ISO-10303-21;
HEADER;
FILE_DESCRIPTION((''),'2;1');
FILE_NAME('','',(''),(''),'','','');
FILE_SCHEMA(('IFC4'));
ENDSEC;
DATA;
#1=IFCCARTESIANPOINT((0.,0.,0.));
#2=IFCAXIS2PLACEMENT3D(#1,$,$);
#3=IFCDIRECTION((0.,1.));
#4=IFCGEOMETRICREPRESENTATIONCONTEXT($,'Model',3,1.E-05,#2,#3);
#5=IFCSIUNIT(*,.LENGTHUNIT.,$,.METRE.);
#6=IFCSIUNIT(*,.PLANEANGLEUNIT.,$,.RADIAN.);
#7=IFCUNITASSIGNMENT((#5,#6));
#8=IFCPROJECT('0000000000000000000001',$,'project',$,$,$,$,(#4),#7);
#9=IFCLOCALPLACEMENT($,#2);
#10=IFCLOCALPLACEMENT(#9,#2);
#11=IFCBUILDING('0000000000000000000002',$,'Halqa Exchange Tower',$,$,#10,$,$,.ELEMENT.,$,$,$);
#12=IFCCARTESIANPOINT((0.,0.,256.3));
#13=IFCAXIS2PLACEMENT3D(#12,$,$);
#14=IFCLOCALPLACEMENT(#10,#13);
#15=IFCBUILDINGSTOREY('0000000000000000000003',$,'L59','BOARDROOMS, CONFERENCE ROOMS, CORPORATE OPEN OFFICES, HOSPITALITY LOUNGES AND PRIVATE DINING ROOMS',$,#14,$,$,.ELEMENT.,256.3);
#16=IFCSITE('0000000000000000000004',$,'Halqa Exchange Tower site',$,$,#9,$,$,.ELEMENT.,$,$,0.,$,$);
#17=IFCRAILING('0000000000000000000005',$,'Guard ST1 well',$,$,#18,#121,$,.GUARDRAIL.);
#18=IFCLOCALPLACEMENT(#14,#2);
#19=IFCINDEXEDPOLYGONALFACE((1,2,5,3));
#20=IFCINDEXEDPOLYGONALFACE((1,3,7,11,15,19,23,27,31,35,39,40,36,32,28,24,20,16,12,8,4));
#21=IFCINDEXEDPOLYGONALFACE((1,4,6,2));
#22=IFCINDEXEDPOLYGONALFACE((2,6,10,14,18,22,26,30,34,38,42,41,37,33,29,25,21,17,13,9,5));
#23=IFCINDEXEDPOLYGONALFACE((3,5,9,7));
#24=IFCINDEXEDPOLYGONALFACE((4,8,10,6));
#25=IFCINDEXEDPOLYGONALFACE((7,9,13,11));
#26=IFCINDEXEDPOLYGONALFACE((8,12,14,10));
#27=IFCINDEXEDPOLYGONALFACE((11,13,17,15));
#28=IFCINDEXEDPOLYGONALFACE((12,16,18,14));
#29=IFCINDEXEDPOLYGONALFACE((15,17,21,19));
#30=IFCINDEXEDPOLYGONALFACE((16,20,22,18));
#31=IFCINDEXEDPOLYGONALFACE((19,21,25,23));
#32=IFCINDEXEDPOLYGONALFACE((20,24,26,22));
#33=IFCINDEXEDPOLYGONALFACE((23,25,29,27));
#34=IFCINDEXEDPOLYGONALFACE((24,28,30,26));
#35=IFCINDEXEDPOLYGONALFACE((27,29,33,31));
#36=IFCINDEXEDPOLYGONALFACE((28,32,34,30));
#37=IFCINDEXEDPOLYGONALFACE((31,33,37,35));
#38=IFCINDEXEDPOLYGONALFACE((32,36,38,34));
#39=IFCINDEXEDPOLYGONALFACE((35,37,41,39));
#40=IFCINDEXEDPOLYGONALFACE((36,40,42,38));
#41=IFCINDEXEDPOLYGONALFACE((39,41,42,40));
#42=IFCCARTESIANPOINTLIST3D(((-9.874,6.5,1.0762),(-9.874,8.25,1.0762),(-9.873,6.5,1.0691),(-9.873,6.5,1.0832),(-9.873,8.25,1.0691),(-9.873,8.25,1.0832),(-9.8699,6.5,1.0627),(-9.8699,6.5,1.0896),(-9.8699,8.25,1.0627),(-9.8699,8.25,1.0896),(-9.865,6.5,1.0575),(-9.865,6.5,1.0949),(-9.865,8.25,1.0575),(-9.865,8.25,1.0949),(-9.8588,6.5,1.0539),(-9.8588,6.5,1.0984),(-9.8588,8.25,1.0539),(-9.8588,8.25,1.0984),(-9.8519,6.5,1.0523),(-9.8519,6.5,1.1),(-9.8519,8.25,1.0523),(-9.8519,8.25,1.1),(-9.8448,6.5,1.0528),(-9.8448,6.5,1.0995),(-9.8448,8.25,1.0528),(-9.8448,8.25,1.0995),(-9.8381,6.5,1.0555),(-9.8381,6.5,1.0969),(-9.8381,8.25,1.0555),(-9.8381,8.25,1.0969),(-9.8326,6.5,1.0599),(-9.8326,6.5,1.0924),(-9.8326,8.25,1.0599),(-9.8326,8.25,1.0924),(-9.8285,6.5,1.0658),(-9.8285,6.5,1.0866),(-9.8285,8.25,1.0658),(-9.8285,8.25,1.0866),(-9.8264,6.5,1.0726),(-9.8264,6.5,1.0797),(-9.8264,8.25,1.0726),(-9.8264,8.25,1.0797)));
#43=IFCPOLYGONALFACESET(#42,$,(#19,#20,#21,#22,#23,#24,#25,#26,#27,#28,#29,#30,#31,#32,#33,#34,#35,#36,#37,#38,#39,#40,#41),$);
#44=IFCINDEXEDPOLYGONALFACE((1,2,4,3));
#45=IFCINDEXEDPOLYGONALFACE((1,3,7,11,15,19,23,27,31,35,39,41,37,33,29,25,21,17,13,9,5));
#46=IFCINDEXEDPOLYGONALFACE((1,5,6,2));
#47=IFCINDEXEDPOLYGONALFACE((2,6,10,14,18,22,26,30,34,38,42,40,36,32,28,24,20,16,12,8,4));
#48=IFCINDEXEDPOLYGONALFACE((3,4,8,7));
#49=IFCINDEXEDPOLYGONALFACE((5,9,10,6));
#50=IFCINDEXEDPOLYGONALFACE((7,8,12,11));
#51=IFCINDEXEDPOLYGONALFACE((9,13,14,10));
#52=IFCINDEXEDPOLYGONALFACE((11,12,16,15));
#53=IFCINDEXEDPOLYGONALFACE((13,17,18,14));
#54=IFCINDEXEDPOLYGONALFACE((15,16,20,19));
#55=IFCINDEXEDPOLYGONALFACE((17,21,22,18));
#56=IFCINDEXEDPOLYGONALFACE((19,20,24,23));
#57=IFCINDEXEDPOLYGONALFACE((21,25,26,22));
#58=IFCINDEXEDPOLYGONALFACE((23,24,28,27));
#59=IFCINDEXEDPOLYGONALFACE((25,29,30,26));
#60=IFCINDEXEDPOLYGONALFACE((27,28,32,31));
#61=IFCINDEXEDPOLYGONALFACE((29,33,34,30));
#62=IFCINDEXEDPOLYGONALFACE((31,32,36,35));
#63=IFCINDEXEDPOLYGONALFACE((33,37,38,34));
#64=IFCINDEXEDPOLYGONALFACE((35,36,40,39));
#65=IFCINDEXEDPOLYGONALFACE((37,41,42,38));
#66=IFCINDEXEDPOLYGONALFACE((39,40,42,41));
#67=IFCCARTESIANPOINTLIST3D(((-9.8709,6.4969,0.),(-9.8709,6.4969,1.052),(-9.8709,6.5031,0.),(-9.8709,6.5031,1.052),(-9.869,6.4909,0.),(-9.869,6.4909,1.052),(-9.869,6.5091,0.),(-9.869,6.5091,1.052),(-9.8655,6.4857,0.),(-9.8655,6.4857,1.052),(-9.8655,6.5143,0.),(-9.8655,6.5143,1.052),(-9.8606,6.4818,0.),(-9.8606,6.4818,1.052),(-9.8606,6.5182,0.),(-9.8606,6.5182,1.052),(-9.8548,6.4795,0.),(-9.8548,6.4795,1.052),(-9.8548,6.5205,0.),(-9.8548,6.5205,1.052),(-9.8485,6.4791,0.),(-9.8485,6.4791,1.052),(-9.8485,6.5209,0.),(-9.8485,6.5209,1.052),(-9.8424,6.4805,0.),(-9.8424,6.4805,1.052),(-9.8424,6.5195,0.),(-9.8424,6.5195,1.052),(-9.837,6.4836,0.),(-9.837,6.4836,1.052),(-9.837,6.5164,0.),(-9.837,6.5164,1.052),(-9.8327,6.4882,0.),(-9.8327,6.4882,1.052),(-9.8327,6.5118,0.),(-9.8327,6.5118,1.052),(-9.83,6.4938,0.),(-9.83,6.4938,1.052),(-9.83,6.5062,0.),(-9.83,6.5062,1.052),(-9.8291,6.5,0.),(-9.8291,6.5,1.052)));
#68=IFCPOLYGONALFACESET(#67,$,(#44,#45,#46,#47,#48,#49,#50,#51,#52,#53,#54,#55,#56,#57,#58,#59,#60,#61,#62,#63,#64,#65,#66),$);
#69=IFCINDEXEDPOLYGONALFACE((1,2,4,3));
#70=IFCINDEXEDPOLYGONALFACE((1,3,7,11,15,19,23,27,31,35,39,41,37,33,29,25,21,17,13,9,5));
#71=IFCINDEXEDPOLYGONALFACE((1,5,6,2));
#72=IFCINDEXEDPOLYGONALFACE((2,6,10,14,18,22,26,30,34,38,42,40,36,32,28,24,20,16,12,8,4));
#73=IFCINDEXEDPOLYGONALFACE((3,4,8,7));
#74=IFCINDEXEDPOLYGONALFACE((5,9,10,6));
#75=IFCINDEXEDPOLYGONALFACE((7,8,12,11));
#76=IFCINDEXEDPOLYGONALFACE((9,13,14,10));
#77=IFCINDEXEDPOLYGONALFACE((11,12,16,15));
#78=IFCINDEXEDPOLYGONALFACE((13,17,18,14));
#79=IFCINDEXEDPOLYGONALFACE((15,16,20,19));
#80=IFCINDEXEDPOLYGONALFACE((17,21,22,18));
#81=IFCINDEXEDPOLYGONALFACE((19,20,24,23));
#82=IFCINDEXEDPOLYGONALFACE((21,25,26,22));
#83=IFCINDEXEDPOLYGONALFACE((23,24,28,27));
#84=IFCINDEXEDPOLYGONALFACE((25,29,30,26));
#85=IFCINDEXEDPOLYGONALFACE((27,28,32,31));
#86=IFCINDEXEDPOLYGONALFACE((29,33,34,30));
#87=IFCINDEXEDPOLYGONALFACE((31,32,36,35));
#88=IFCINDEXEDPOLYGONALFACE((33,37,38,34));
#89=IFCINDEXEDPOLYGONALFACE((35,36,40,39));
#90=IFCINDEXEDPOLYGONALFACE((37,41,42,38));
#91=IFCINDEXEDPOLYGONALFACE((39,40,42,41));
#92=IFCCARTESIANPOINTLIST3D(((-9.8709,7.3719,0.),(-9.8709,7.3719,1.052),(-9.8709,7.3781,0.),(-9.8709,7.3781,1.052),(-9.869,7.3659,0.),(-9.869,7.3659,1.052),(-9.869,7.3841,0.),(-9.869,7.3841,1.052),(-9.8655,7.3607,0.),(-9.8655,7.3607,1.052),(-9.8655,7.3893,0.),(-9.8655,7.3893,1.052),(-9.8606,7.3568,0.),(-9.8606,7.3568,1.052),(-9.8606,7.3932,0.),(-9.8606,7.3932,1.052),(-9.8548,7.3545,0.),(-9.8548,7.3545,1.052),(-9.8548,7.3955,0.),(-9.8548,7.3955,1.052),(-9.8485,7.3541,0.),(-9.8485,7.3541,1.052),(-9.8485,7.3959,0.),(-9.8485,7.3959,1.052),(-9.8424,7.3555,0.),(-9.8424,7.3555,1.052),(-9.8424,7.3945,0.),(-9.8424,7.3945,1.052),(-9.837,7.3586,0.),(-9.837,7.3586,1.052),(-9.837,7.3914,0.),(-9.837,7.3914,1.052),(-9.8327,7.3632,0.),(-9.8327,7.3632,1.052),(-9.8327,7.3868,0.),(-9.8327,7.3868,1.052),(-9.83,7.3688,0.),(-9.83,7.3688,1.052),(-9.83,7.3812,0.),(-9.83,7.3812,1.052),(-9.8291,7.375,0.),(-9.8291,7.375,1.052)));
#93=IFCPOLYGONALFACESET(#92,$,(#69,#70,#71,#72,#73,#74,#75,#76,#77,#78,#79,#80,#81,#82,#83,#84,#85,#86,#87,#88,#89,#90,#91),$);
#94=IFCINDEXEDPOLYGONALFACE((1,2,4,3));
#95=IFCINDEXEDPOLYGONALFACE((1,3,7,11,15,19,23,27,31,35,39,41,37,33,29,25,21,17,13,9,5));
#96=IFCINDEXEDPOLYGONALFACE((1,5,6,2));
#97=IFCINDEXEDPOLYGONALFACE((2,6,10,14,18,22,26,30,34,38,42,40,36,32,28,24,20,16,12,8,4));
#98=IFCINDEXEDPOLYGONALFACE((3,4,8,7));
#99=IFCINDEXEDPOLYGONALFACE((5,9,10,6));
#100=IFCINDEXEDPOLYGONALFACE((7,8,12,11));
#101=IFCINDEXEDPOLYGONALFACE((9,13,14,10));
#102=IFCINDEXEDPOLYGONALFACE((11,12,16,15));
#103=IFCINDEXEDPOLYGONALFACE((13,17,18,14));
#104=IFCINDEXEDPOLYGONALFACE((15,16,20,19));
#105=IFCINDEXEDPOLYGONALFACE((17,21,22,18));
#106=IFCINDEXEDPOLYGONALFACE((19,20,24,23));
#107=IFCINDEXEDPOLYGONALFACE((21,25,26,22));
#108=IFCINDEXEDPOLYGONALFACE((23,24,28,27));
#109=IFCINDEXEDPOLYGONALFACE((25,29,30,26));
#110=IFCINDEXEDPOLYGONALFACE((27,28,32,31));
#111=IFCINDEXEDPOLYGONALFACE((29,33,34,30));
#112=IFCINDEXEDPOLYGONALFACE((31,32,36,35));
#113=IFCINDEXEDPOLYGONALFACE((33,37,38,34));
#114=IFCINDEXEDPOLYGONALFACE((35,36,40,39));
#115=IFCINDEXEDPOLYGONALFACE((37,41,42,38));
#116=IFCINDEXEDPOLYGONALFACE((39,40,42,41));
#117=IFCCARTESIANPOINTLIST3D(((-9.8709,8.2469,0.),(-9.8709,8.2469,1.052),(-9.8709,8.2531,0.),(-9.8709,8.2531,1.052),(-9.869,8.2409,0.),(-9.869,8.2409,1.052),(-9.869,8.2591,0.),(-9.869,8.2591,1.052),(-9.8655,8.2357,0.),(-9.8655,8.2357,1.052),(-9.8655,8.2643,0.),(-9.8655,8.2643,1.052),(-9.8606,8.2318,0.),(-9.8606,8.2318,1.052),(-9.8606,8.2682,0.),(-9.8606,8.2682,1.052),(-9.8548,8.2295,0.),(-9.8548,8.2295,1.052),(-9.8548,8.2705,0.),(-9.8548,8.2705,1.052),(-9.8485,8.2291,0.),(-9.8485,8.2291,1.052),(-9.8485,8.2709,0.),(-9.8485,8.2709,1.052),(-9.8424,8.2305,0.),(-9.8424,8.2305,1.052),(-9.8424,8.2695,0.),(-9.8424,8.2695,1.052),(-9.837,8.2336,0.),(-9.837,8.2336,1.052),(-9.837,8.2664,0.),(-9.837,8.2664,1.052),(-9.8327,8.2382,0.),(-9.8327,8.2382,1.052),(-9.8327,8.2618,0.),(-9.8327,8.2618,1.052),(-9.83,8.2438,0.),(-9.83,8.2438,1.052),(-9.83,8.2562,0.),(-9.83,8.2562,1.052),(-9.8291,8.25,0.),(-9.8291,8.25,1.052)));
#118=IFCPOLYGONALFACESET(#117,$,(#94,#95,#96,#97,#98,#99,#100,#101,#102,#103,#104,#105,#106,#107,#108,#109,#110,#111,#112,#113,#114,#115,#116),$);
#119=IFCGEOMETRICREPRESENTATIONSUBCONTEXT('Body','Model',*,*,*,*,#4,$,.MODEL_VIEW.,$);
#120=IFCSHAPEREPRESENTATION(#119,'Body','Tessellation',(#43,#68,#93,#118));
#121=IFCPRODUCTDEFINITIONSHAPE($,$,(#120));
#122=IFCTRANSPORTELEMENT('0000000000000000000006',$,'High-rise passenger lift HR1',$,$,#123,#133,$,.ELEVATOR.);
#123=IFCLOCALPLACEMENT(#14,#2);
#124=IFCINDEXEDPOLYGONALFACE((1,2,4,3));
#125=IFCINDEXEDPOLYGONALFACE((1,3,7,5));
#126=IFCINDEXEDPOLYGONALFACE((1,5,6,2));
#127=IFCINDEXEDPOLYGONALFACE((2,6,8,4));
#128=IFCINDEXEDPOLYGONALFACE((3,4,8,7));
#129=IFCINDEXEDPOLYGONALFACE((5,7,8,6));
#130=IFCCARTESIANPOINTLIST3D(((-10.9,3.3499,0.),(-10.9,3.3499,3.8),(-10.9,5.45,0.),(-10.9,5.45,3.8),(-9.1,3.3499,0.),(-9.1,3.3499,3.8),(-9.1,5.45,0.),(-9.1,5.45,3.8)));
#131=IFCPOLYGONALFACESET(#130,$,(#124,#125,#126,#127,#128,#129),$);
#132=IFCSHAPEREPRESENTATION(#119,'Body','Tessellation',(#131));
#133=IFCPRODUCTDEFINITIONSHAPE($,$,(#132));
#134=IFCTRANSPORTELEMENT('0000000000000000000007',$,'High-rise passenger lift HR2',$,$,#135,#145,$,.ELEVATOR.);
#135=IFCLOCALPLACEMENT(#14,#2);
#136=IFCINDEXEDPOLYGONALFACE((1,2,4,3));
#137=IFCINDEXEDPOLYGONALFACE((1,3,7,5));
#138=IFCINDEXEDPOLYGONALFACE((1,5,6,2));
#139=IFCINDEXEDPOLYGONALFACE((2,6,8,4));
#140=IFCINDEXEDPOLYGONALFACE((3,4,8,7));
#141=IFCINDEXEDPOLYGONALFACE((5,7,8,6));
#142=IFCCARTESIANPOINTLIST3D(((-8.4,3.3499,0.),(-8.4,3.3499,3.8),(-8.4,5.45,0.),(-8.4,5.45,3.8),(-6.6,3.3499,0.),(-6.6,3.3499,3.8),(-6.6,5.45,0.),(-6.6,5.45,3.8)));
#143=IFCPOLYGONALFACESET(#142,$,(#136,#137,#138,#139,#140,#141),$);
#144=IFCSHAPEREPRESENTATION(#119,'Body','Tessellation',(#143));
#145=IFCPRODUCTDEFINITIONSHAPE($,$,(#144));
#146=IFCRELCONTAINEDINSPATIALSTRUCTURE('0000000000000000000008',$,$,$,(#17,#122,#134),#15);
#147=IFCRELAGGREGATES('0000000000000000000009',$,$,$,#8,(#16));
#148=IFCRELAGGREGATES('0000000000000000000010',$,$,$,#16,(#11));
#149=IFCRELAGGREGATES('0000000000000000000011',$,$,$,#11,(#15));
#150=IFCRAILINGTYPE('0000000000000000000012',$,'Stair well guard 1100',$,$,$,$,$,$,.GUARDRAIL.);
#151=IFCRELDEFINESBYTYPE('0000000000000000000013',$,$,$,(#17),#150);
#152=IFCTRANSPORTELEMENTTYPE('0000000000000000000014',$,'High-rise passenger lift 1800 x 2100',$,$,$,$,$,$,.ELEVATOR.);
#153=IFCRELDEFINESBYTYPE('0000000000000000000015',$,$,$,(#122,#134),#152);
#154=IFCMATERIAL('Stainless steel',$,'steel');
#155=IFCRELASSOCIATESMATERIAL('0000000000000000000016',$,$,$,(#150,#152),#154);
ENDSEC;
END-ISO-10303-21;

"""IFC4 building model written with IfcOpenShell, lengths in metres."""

from ifc_helpers import new_model, si_unit, direction, frame, origin, origin_2d, place, context, subcontext, project, spatial, rectangle, circle, extrude, material, type_object, element, save


model = new_model("IFC4")

# Units and contexts
model_context = context("Model", 3, precision=1e-05, world=origin(), true_north=direction((0.0, 1.0)))
body_context = subcontext(model_context, "Body", "Model", "MODEL_VIEW")
ifc_project = project(units=[si_unit("LENGTHUNIT", "METRE"), si_unit("PLANEANGLEUNIT", "RADIAN")], contexts=[model_context])

# Site, building, storey
site_placement = place(None, origin())
site = spatial("IfcSite", under=ifc_project, at=site_placement, Name="Halqa Exchange Tower site", CompositionType="ELEMENT", RefElevation=0.0)
building_placement = place(site_placement, origin())
building = spatial("IfcBuilding", under=site, at=building_placement, Name="Halqa Exchange Tower", CompositionType="ELEMENT")
storey_placement = place(building_placement, frame((0.0, 0.0, 256.3)))
storey = spatial("IfcBuildingStorey", under=building, at=storey_placement, Name="L59", Description="BOARDROOMS, CONFERENCE ROOMS, CORPORATE OPEN OFFICES, HOSPITALITY LOUNGES AND PRIVATE DINING ROOMS", CompositionType="ELEMENT", Elevation=256.3)

# Shared definitions
ifc_material_1 = material(Name="Stainless steel", Category="steel")

# Railing
railing_type_1 = type_object("IfcRailingType", Name="Stair well guard 1100", PredefinedType="GUARDRAIL", material=ifc_material_1)
railing_1_placement = place(storey_placement, frame((-9.8501, 6.5, 0.0)))
element("IfcRailing", 1, at=railing_1_placement, inside=storey, type_object=railing_type_1, Name="Guard ST1 well", PredefinedType="GUARDRAIL", context=body_context, shape_type="SweptSolid", body=[
    extrude(circle(Radius=0.0239, at=origin_2d()), frame((0.0, 0.0, 1.0762), z_axis=(0.0, 1.0, 0.0), x_axis=(-1.0, 0.0, 0.0)), (0.0, 0.0, 1.0), 1.75),
    extrude(circle(Radius=0.021, at=origin_2d()), origin(), (0.0, 0.0, 1.0), 1.052),
    extrude(circle(Radius=0.021, at=origin_2d()), frame((0.0, 0.875, 0.0)), (0.0, 0.0, 1.0), 1.052),
    extrude(circle(Radius=0.021, at=origin_2d()), frame((0.0, 1.75, 0.0)), (0.0, 0.0, 1.0), 1.052),
])

# Transport elements
transport_element_type = type_object("IfcTransportElementType", Name="High-rise passenger lift 1800 x 2100", PredefinedType="ELEVATOR", material=ifc_material_1)
for number, where, z_axis, x_axis, name in (
    (2, (-10.0, 4.3999, 0.0), (0.0, 0.0, 1.0), (1.0, 0.0, 0.0), "High-rise passenger lift HR1"),
    (3, (-7.5, 4.3999, 0.0), (0.0, 0.0, 1.0), (1.0, 0.0, 0.0), "High-rise passenger lift HR2"),
):
    element("IfcTransportElement", number, at=place(storey_placement, frame(where, z_axis=z_axis, x_axis=x_axis)), inside=storey, type_object=transport_element_type, Name=name, PredefinedType="ELEVATOR", context=body_context, shape_type="SweptSolid", body=[
        extrude(rectangle(XDim=1.8, YDim=2.1001, at=origin_2d()), origin(), (0.0, 0.0, 1.0), 3.8),
    ])

save(model, "model.ifc")
